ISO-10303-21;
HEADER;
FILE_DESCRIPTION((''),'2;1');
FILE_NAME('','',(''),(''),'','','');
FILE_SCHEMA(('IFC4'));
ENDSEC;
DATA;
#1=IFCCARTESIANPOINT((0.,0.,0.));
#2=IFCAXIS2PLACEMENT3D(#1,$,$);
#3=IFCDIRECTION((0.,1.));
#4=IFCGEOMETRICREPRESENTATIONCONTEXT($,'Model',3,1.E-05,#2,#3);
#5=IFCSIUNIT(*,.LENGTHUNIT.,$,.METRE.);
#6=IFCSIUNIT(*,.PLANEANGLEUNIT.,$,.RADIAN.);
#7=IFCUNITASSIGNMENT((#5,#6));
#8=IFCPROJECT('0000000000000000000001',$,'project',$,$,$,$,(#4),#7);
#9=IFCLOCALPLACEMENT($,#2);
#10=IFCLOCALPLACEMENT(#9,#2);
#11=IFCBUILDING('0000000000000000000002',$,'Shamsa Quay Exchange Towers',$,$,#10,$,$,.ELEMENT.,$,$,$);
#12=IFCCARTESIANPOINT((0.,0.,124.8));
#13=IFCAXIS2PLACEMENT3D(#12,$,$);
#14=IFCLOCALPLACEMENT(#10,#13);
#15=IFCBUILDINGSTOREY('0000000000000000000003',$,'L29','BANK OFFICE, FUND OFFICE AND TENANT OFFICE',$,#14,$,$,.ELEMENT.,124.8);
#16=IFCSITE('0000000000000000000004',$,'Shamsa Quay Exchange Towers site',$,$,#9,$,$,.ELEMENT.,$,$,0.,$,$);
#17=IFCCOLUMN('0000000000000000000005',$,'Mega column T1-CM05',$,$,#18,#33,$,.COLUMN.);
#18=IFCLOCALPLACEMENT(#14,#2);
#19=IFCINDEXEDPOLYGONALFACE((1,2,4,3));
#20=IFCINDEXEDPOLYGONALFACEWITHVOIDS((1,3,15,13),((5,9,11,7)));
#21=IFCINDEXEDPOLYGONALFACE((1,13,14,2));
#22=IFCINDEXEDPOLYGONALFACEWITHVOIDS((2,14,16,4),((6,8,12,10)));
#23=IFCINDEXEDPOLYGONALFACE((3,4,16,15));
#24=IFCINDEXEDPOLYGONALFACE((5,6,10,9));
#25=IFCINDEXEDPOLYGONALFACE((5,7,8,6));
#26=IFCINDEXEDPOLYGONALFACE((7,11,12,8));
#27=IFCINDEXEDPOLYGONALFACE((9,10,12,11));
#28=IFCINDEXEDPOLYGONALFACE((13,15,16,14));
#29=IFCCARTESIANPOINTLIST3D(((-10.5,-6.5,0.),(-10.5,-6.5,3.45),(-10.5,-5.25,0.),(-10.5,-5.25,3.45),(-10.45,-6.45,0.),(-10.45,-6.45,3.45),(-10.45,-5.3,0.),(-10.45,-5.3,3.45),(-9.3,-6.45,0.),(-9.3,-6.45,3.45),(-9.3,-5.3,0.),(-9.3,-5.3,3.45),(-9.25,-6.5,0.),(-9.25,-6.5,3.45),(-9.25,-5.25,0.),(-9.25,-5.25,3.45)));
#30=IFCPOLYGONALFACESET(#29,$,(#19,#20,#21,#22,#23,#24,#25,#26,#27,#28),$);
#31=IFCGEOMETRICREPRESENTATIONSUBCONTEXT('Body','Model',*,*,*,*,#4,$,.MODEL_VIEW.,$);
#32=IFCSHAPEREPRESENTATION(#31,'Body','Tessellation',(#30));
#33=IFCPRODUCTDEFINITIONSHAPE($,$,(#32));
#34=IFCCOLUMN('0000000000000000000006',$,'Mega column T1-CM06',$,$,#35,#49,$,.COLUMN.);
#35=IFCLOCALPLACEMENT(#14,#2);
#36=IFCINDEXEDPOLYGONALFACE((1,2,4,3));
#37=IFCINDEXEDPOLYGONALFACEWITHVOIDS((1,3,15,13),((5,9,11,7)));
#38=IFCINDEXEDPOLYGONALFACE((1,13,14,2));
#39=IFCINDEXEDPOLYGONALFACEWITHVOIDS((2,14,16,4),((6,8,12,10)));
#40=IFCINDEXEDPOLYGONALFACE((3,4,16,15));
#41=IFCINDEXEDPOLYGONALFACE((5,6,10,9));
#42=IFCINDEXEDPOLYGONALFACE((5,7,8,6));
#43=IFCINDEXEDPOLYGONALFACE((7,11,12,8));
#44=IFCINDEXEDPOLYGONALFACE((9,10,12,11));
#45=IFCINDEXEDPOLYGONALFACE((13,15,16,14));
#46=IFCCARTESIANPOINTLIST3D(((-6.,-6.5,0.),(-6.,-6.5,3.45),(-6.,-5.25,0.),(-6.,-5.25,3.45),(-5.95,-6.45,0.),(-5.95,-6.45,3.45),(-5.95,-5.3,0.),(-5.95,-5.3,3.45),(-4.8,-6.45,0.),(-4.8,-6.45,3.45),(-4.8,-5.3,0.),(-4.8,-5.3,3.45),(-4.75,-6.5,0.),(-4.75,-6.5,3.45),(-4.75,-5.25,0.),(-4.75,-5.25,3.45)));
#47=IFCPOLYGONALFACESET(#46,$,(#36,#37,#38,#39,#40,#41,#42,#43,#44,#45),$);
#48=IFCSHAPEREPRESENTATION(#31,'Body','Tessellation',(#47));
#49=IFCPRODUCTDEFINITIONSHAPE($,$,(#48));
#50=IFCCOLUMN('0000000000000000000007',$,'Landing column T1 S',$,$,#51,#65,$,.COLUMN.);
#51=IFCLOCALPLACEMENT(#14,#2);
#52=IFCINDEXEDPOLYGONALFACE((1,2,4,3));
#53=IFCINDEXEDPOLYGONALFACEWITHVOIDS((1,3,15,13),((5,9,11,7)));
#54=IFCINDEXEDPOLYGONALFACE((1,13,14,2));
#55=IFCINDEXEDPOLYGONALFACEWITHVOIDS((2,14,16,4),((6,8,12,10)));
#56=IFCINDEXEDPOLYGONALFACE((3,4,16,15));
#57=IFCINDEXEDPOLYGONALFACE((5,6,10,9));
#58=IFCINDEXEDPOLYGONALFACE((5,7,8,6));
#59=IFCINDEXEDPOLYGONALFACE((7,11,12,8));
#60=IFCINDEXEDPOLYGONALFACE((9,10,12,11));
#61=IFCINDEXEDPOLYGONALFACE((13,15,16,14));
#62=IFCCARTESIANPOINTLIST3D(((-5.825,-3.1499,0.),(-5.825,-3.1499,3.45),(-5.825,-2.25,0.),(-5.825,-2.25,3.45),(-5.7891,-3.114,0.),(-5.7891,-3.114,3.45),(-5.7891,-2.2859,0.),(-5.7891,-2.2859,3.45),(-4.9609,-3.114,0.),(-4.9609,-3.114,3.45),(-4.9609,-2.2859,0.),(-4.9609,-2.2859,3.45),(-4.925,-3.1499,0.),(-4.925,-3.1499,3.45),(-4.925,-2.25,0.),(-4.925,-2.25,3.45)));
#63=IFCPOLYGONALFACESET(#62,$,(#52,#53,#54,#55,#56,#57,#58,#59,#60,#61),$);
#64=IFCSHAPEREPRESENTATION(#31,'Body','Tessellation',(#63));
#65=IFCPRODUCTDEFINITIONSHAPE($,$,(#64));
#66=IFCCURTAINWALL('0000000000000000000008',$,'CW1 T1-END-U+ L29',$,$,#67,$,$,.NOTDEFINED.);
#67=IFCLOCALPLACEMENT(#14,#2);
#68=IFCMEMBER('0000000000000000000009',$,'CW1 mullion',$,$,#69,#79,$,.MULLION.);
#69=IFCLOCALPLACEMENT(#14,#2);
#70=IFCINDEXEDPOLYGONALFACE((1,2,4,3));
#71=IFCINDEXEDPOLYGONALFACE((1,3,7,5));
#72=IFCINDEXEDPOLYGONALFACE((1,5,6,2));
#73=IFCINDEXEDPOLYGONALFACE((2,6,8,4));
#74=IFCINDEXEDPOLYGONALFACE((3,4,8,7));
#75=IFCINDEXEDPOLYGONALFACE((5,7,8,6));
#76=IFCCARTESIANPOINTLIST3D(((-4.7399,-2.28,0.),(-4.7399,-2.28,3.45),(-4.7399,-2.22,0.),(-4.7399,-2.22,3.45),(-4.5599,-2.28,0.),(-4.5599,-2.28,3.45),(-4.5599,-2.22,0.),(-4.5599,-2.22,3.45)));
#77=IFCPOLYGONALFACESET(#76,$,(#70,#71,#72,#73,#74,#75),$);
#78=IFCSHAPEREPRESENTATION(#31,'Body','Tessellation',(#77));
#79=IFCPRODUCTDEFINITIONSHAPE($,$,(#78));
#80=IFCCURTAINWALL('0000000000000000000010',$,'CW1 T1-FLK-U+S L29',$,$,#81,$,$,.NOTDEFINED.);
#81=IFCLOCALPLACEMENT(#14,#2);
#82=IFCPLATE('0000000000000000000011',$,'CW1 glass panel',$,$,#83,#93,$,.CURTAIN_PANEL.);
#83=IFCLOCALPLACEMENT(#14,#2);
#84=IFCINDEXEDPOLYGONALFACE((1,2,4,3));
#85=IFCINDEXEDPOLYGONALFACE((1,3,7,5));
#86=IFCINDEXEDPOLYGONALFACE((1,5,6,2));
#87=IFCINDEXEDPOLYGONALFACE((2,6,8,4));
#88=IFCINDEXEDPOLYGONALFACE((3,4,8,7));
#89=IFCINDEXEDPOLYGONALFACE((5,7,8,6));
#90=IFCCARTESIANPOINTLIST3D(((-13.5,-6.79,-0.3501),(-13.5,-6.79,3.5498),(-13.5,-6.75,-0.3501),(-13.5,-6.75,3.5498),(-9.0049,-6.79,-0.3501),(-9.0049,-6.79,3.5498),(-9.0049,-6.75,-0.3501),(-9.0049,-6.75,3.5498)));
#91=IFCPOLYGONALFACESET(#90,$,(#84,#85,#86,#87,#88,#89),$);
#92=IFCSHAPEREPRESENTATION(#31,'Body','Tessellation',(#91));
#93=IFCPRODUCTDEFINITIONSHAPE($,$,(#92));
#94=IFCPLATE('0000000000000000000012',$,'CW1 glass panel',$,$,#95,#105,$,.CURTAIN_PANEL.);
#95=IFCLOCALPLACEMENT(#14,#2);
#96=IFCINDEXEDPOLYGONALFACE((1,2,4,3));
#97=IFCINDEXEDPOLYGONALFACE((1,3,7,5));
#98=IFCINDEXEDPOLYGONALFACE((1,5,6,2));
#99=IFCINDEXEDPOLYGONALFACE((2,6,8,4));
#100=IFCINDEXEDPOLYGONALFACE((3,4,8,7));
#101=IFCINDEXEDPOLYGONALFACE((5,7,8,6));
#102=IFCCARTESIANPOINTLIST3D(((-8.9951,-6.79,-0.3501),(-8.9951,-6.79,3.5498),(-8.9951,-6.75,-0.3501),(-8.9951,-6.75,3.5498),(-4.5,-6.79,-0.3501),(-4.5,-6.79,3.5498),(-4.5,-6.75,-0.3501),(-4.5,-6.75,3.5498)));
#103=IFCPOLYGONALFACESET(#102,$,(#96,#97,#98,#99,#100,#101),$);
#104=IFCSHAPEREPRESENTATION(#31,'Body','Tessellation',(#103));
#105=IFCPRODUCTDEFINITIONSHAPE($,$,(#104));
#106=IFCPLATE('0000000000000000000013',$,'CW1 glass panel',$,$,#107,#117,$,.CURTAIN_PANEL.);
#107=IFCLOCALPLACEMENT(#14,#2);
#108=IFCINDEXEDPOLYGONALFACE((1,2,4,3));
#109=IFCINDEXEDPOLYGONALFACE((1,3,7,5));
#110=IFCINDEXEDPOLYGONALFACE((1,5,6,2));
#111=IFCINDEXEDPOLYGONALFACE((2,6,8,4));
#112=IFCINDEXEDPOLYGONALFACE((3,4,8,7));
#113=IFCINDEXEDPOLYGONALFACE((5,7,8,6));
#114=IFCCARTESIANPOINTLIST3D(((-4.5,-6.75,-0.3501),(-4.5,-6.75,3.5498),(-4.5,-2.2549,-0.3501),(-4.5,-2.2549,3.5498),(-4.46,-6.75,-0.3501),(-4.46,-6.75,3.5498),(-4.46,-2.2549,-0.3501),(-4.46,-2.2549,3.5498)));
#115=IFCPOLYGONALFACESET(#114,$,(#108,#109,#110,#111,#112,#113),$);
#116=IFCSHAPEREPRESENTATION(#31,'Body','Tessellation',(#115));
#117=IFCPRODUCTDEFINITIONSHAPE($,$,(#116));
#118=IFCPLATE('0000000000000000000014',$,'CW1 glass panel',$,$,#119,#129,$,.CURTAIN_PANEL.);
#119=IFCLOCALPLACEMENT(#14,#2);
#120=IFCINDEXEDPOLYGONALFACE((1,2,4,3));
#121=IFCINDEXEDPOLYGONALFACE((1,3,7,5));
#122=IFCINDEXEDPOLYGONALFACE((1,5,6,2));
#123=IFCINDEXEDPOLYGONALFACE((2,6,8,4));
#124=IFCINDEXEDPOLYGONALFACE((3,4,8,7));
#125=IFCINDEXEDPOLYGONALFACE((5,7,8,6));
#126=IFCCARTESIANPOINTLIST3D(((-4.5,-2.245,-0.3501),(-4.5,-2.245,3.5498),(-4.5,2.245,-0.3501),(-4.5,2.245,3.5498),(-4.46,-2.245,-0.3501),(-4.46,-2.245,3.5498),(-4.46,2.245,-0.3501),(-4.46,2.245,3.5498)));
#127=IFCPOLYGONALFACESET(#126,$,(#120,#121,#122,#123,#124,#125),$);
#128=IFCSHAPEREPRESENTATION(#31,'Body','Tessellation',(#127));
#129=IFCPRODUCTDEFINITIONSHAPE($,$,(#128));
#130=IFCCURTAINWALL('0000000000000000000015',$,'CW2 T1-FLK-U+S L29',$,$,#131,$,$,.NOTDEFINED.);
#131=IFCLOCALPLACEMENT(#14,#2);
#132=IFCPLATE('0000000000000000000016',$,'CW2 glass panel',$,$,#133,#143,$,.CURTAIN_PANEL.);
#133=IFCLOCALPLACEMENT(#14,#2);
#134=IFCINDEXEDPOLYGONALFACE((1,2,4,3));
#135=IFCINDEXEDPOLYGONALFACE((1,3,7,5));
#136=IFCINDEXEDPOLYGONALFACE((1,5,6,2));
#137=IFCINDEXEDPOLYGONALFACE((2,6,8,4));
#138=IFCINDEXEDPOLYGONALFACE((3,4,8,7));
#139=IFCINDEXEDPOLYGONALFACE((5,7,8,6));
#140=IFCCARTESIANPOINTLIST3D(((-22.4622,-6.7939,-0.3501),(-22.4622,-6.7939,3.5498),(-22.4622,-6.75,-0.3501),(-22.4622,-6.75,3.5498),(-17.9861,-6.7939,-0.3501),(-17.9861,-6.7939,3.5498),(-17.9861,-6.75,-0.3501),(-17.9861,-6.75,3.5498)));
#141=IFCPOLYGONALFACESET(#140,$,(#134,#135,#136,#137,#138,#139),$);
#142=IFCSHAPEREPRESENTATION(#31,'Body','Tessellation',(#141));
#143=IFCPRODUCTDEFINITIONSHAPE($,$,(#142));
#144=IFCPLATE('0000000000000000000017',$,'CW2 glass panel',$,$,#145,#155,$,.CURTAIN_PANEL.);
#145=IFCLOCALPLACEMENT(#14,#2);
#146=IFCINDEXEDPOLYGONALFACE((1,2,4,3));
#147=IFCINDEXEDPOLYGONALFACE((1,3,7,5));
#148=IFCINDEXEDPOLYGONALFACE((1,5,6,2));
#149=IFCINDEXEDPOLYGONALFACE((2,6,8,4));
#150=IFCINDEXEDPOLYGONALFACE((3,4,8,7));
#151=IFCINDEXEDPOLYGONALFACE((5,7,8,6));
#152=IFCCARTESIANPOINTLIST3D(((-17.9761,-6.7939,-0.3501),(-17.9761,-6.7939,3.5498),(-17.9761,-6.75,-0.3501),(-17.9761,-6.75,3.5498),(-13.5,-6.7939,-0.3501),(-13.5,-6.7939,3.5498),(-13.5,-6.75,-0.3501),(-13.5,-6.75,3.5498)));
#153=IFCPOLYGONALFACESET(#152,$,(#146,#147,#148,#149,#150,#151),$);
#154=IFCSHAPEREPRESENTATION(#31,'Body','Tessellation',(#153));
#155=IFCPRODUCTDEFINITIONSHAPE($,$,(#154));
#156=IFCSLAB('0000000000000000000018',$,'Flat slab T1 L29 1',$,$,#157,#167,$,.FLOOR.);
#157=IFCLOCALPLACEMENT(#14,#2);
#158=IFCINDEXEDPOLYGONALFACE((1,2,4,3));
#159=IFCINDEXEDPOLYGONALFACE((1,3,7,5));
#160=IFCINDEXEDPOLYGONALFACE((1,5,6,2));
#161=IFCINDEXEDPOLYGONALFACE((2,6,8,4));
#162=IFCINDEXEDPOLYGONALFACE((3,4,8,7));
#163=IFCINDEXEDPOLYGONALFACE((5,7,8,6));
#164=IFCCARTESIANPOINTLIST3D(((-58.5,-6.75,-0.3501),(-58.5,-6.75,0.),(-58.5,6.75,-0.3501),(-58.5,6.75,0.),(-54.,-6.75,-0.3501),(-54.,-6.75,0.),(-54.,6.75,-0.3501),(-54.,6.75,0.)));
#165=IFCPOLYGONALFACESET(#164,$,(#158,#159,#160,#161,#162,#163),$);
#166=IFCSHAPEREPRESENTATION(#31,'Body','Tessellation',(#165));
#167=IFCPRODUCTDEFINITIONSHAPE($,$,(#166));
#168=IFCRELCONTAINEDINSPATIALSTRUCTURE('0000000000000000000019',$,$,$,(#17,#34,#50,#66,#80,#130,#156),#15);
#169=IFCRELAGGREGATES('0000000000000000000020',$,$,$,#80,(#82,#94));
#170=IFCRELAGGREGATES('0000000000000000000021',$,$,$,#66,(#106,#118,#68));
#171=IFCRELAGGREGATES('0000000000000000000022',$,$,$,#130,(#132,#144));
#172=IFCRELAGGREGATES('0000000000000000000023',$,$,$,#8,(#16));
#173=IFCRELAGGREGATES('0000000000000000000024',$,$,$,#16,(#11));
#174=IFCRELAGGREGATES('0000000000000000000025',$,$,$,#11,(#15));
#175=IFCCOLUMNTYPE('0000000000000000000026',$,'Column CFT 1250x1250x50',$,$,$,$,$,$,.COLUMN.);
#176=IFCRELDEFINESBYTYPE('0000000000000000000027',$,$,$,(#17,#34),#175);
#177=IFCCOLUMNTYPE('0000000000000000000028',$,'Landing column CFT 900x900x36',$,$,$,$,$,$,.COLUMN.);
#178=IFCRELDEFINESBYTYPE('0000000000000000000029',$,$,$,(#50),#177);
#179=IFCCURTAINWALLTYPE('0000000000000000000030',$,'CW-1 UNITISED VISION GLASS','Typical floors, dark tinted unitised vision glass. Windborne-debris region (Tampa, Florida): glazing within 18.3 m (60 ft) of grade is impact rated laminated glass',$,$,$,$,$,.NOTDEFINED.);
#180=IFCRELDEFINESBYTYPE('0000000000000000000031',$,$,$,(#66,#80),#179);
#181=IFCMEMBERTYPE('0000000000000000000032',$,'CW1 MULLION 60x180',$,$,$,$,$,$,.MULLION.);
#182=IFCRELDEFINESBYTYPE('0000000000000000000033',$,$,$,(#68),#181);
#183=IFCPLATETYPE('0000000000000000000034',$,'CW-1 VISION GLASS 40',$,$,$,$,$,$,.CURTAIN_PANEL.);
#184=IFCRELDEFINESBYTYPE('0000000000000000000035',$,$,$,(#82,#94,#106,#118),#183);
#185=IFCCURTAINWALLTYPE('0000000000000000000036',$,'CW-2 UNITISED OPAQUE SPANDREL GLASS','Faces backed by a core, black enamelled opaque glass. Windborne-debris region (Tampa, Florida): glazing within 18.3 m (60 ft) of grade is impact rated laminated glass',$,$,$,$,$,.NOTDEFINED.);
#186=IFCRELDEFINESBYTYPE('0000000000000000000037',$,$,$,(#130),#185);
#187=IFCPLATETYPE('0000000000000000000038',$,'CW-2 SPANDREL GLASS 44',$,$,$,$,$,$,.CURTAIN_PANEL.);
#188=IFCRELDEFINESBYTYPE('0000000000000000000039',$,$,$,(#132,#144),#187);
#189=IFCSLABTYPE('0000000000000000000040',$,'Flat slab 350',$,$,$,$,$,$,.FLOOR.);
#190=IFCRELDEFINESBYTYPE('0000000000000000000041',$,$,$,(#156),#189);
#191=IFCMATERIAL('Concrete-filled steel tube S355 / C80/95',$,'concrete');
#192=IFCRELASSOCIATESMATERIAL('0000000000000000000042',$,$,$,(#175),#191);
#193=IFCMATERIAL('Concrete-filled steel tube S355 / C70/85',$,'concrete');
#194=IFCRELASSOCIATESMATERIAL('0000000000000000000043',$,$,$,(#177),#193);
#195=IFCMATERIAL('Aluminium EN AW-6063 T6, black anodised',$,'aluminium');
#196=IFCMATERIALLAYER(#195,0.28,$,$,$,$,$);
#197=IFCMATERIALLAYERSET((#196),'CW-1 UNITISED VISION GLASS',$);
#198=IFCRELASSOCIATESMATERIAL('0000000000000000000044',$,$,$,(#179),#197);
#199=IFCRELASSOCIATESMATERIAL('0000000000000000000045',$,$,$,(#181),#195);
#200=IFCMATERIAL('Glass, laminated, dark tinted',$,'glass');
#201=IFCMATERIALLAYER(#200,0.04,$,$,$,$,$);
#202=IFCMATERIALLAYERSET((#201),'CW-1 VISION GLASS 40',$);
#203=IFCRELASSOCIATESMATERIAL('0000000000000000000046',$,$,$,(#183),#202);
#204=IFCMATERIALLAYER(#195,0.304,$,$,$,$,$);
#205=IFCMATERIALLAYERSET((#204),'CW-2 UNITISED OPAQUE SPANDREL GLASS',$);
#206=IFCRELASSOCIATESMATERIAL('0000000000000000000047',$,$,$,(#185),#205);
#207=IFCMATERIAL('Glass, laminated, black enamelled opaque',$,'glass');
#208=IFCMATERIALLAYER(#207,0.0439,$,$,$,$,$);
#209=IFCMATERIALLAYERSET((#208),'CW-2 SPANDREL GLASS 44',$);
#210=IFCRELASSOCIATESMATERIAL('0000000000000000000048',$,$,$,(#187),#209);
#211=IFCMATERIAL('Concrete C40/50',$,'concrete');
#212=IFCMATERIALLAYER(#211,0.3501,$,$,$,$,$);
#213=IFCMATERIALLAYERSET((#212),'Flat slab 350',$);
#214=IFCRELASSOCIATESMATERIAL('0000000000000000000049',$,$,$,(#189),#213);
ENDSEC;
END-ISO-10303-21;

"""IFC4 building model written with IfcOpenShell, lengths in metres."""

from ifc_helpers import new_model, si_unit, direction, frame, origin, origin_2d, place, context, subcontext, project, spatial, polyline, rectangle, hollow_rectangle, outline, extrude, material, layer, layer_set, material_profile, profile_set, type_object, element, aggregate, save


model = new_model("IFC4")

# Units and contexts
model_context = context("Model", 3, precision=1e-05, world=origin(), true_north=direction((0.0, 1.0)))
body_context = subcontext(model_context, "Body", "Model", "MODEL_VIEW")
ifc_project = project(units=[si_unit("LENGTHUNIT", "METRE"), si_unit("PLANEANGLEUNIT", "RADIAN")], contexts=[model_context])

# Site, building, storey
site_placement = place(None, origin())
site = spatial("IfcSite", under=ifc_project, at=site_placement, Name="Shamsa Quay Exchange Towers site", CompositionType="ELEMENT", RefElevation=0.0)
building_placement = place(site_placement, origin())
building = spatial("IfcBuilding", under=site, at=building_placement, Name="Shamsa Quay Exchange Towers", CompositionType="ELEMENT")
storey_placement = place(building_placement, frame((0.0, 0.0, 124.8)))
storey = spatial("IfcBuildingStorey", under=building, at=storey_placement, Name="L29", Description="BANK OFFICE, FUND OFFICE AND TENANT OFFICE", CompositionType="ELEMENT", Elevation=124.8)

# Columns
ifc_material_1 = material(Name="Concrete-filled steel tube S355 / C80/95", Category="concrete")
ifc_material_profile_1 = material_profile(ifc_material_1, hollow_rectangle(XDim=1.25, YDim=1.25, WallThickness=0.05, at=origin_2d()), Name="CFT 1250x1250x50")
ifc_profile_set_1 = profile_set([ifc_material_profile_1], Name="Concrete-filled steel tube S355 / C80/95")
column_type_1 = type_object("IfcColumnType", Name="Column CFT 1250x1250x50", PredefinedType="COLUMN", material=ifc_profile_set_1)
for number, where, name in (
    (1, (-9.875, -5.875, 0.0), "Mega column T1-CM05"),
    (2, (-5.375, -5.875, 0.0), "Mega column T1-CM06"),
):
    element("IfcColumn", number, at=place(storey_placement, frame(where)), inside=storey, type_object=column_type_1, Name=name, PredefinedType="COLUMN", context=body_context, shape_type="SweptSolid", body=[
        extrude(hollow_rectangle(XDim=1.25, YDim=1.25, WallThickness=0.05, at=origin_2d()), origin(), (0.0, 0.0, 1.0), 3.45),
    ])
ifc_material_2 = material(Name="Concrete-filled steel tube S355 / C70/85", Category="concrete")
ifc_material_profile_2 = material_profile(ifc_material_2, hollow_rectangle(XDim=0.8999, YDim=0.8999, WallThickness=0.0359, at=origin_2d()), Name="CFT 900x900x36")
ifc_profile_set_2 = profile_set([ifc_material_profile_2], Name="Concrete-filled steel tube S355 / C70/85")
column_type_2 = type_object("IfcColumnType", Name="Landing column CFT 900x900x36", PredefinedType="COLUMN", material=ifc_profile_set_2)
column_placement = place(storey_placement, frame((-5.375, -2.7, 0.0)))
element("IfcColumn", 3, at=column_placement, inside=storey, type_object=column_type_2, Name="Landing column T1 S", PredefinedType="COLUMN", context=body_context, shape_type="SweptSolid", body=[
    extrude(hollow_rectangle(XDim=0.8999, YDim=0.8999, WallThickness=0.0359, at=origin_2d()), origin(), (0.0, 0.0, 1.0), 3.45),
])

# Curtain wall, member
ifc_material_3 = material(Name="Aluminium EN AW-6063 T6, black anodised", Category="aluminium")
ifc_layer_1 = layer(ifc_material_3, 0.28)
ifc_layer_set_1 = layer_set([ifc_layer_1], Name="CW-1 UNITISED VISION GLASS")
curtain_wall_type_1 = type_object("IfcCurtainWallType", Name="CW-1 UNITISED VISION GLASS", Description="Typical floors, dark tinted unitised vision glass. Windborne-debris region (Tampa, Florida): glazing within 18.3 m (60 ft) of grade is impact rated laminated glass", PredefinedType="NOTDEFINED", material=ifc_layer_set_1)
curtain_wall_1_placement = place(storey_placement, origin())
curtain_wall_1 = element("IfcCurtainWall", 4, at=curtain_wall_1_placement, inside=storey, type_object=curtain_wall_type_1, Name="CW1 T1-END-U+ L29", PredefinedType="NOTDEFINED")
ifc_material_profile_3 = material_profile(ifc_material_3, rectangle(XDim=0.1799, YDim=0.0601, at=origin_2d()), Name="MU60x180")
ifc_profile_set_3 = profile_set([ifc_material_profile_3], Name="Aluminium EN AW-6063 T6, black anodised")
member_type = type_object("IfcMemberType", Name="CW1 MULLION 60x180", PredefinedType="MULLION", material=ifc_profile_set_3)
member_placement = place(storey_placement, frame((-4.6499, -2.25, 0.0), z_axis=(0.0, 0.0, 1.0), x_axis=(-1.0, 0.0, 0.0)))
member = element("IfcMember", 5, at=member_placement, type_object=member_type, Name="CW1 mullion", PredefinedType="MULLION", context=body_context, shape_type="SweptSolid", body=[
    extrude(rectangle(XDim=0.1799, YDim=0.0601, at=origin_2d()), origin(), (0.0, 0.0, 1.0), 3.45),
])

# Curtain wall, plates
curtain_wall_2_placement = place(storey_placement, origin())
curtain_wall_2 = element("IfcCurtainWall", 6, at=curtain_wall_2_placement, inside=storey, type_object=curtain_wall_type_1, Name="CW1 T1-FLK-U+S L29", PredefinedType="NOTDEFINED")
ifc_material_4 = material(Name="Glass, laminated, dark tinted", Category="glass")
ifc_layer_2 = layer(ifc_material_4, 0.04)
ifc_layer_set_2 = layer_set([ifc_layer_2], Name="CW-1 VISION GLASS 40")
plate_type_1 = type_object("IfcPlateType", Name="CW-1 VISION GLASS 40", PredefinedType="CURTAIN_PANEL", material=ifc_layer_set_2)
plate_1_placement = place(storey_placement, frame((-11.2524, -6.77, -0.3501)))
plate_1 = element("IfcPlate", 7, at=plate_1_placement, type_object=plate_type_1, Name="CW1 glass panel", PredefinedType="CURTAIN_PANEL", context=body_context, shape_type="SweptSolid", body=[
    extrude(rectangle(XDim=4.4951, YDim=0.04, at=origin_2d()), origin(), (0.0, 0.0, 1.0), 3.8999),
])
plate_2_placement = place(storey_placement, frame((-6.7476, -6.77, -0.3501)))
plate_2 = element("IfcPlate", 8, at=plate_2_placement, type_object=plate_type_1, Name="CW1 glass panel", PredefinedType="CURTAIN_PANEL", context=body_context, shape_type="SweptSolid", body=[
    extrude(rectangle(XDim=4.4951, YDim=0.04, at=origin_2d()), origin(), (0.0, 0.0, 1.0), 3.8999),
])
aggregate(curtain_wall_2, [plate_1, plate_2])

# Plates
plate_3_placement = place(storey_placement, frame((-4.48, -4.5024, -0.3501), z_axis=(0.0, 0.0, 1.0), x_axis=(0.0, 1.0, 0.0)))
plate_3 = element("IfcPlate", 9, at=plate_3_placement, type_object=plate_type_1, Name="CW1 glass panel", PredefinedType="CURTAIN_PANEL", context=body_context, shape_type="SweptSolid", body=[
    extrude(rectangle(XDim=4.4951, YDim=0.04, at=origin_2d()), origin(), (0.0, 0.0, 1.0), 3.8999),
])
plate_4_placement = place(storey_placement, frame((-4.48, 0.0, -0.3501), z_axis=(0.0, 0.0, 1.0), x_axis=(0.0, 1.0, 0.0)))
plate_4 = element("IfcPlate", 10, at=plate_4_placement, type_object=plate_type_1, Name="CW1 glass panel", PredefinedType="CURTAIN_PANEL", context=body_context, shape_type="SweptSolid", body=[
    extrude(rectangle(XDim=4.49, YDim=0.04, at=origin_2d()), origin(), (0.0, 0.0, 1.0), 3.8999),
])
aggregate(curtain_wall_1, [plate_3, plate_4, member])

# Curtain wall, plates
ifc_layer_3 = layer(ifc_material_3, 0.304)
ifc_layer_set_3 = layer_set([ifc_layer_3], Name="CW-2 UNITISED OPAQUE SPANDREL GLASS")
curtain_wall_type_2 = type_object("IfcCurtainWallType", Name="CW-2 UNITISED OPAQUE SPANDREL GLASS", Description="Faces backed by a core, black enamelled opaque glass. Windborne-debris region (Tampa, Florida): glazing within 18.3 m (60 ft) of grade is impact rated laminated glass", PredefinedType="NOTDEFINED", material=ifc_layer_set_3)
curtain_wall_3_placement = place(storey_placement, origin())
curtain_wall_3 = element("IfcCurtainWall", 11, at=curtain_wall_3_placement, inside=storey, type_object=curtain_wall_type_2, Name="CW2 T1-FLK-U+S L29", PredefinedType="NOTDEFINED")
ifc_material_5 = material(Name="Glass, laminated, black enamelled opaque", Category="glass")
ifc_layer_4 = layer(ifc_material_5, 0.0439)
ifc_layer_set_4 = layer_set([ifc_layer_4], Name="CW-2 SPANDREL GLASS 44")
plate_type_2 = type_object("IfcPlateType", Name="CW-2 SPANDREL GLASS 44", PredefinedType="CURTAIN_PANEL", material=ifc_layer_set_4)
plate_5_placement = place(storey_placement, frame((-20.2241, -6.772, -0.3501)))
plate_5 = element("IfcPlate", 12, at=plate_5_placement, type_object=plate_type_2, Name="CW2 glass panel", PredefinedType="CURTAIN_PANEL", context=body_context, shape_type="SweptSolid", body=[
    extrude(rectangle(XDim=4.4761, YDim=0.0439, at=origin_2d()), origin(), (0.0, 0.0, 1.0), 3.8999),
])
plate_6_placement = place(storey_placement, frame((-15.738, -6.772, -0.3501)))
plate_6 = element("IfcPlate", 13, at=plate_6_placement, type_object=plate_type_2, Name="CW2 glass panel", PredefinedType="CURTAIN_PANEL", context=body_context, shape_type="SweptSolid", body=[
    extrude(rectangle(XDim=4.4761, YDim=0.0439, at=origin_2d()), origin(), (0.0, 0.0, 1.0), 3.8999),
])
aggregate(curtain_wall_3, [plate_5, plate_6])

# Slab
ifc_material_6 = material(Name="Concrete C40/50", Category="concrete")
ifc_layer_5 = layer(ifc_material_6, 0.3501)
ifc_layer_set_5 = layer_set([ifc_layer_5], Name="Flat slab 350")
slab_type = type_object("IfcSlabType", Name="Flat slab 350", PredefinedType="FLOOR", material=ifc_layer_set_5)
slab_1_placement = place(storey_placement, frame((0.0, 0.0, -0.3501)))
element("IfcSlab", 14, at=slab_1_placement, inside=storey, type_object=slab_type, Name="Flat slab T1 L29 1", PredefinedType="FLOOR", context=body_context, shape_type="SweptSolid", body=[
    extrude(outline(polyline([(-58.5, -6.75), (-54.0, -6.75), (-54.0, 6.75), (-58.5, 6.75), (-58.5, -6.75)])), origin(), (0.0, 0.0, 1.0), 0.3501),
])

save(model, "model.ifc")
